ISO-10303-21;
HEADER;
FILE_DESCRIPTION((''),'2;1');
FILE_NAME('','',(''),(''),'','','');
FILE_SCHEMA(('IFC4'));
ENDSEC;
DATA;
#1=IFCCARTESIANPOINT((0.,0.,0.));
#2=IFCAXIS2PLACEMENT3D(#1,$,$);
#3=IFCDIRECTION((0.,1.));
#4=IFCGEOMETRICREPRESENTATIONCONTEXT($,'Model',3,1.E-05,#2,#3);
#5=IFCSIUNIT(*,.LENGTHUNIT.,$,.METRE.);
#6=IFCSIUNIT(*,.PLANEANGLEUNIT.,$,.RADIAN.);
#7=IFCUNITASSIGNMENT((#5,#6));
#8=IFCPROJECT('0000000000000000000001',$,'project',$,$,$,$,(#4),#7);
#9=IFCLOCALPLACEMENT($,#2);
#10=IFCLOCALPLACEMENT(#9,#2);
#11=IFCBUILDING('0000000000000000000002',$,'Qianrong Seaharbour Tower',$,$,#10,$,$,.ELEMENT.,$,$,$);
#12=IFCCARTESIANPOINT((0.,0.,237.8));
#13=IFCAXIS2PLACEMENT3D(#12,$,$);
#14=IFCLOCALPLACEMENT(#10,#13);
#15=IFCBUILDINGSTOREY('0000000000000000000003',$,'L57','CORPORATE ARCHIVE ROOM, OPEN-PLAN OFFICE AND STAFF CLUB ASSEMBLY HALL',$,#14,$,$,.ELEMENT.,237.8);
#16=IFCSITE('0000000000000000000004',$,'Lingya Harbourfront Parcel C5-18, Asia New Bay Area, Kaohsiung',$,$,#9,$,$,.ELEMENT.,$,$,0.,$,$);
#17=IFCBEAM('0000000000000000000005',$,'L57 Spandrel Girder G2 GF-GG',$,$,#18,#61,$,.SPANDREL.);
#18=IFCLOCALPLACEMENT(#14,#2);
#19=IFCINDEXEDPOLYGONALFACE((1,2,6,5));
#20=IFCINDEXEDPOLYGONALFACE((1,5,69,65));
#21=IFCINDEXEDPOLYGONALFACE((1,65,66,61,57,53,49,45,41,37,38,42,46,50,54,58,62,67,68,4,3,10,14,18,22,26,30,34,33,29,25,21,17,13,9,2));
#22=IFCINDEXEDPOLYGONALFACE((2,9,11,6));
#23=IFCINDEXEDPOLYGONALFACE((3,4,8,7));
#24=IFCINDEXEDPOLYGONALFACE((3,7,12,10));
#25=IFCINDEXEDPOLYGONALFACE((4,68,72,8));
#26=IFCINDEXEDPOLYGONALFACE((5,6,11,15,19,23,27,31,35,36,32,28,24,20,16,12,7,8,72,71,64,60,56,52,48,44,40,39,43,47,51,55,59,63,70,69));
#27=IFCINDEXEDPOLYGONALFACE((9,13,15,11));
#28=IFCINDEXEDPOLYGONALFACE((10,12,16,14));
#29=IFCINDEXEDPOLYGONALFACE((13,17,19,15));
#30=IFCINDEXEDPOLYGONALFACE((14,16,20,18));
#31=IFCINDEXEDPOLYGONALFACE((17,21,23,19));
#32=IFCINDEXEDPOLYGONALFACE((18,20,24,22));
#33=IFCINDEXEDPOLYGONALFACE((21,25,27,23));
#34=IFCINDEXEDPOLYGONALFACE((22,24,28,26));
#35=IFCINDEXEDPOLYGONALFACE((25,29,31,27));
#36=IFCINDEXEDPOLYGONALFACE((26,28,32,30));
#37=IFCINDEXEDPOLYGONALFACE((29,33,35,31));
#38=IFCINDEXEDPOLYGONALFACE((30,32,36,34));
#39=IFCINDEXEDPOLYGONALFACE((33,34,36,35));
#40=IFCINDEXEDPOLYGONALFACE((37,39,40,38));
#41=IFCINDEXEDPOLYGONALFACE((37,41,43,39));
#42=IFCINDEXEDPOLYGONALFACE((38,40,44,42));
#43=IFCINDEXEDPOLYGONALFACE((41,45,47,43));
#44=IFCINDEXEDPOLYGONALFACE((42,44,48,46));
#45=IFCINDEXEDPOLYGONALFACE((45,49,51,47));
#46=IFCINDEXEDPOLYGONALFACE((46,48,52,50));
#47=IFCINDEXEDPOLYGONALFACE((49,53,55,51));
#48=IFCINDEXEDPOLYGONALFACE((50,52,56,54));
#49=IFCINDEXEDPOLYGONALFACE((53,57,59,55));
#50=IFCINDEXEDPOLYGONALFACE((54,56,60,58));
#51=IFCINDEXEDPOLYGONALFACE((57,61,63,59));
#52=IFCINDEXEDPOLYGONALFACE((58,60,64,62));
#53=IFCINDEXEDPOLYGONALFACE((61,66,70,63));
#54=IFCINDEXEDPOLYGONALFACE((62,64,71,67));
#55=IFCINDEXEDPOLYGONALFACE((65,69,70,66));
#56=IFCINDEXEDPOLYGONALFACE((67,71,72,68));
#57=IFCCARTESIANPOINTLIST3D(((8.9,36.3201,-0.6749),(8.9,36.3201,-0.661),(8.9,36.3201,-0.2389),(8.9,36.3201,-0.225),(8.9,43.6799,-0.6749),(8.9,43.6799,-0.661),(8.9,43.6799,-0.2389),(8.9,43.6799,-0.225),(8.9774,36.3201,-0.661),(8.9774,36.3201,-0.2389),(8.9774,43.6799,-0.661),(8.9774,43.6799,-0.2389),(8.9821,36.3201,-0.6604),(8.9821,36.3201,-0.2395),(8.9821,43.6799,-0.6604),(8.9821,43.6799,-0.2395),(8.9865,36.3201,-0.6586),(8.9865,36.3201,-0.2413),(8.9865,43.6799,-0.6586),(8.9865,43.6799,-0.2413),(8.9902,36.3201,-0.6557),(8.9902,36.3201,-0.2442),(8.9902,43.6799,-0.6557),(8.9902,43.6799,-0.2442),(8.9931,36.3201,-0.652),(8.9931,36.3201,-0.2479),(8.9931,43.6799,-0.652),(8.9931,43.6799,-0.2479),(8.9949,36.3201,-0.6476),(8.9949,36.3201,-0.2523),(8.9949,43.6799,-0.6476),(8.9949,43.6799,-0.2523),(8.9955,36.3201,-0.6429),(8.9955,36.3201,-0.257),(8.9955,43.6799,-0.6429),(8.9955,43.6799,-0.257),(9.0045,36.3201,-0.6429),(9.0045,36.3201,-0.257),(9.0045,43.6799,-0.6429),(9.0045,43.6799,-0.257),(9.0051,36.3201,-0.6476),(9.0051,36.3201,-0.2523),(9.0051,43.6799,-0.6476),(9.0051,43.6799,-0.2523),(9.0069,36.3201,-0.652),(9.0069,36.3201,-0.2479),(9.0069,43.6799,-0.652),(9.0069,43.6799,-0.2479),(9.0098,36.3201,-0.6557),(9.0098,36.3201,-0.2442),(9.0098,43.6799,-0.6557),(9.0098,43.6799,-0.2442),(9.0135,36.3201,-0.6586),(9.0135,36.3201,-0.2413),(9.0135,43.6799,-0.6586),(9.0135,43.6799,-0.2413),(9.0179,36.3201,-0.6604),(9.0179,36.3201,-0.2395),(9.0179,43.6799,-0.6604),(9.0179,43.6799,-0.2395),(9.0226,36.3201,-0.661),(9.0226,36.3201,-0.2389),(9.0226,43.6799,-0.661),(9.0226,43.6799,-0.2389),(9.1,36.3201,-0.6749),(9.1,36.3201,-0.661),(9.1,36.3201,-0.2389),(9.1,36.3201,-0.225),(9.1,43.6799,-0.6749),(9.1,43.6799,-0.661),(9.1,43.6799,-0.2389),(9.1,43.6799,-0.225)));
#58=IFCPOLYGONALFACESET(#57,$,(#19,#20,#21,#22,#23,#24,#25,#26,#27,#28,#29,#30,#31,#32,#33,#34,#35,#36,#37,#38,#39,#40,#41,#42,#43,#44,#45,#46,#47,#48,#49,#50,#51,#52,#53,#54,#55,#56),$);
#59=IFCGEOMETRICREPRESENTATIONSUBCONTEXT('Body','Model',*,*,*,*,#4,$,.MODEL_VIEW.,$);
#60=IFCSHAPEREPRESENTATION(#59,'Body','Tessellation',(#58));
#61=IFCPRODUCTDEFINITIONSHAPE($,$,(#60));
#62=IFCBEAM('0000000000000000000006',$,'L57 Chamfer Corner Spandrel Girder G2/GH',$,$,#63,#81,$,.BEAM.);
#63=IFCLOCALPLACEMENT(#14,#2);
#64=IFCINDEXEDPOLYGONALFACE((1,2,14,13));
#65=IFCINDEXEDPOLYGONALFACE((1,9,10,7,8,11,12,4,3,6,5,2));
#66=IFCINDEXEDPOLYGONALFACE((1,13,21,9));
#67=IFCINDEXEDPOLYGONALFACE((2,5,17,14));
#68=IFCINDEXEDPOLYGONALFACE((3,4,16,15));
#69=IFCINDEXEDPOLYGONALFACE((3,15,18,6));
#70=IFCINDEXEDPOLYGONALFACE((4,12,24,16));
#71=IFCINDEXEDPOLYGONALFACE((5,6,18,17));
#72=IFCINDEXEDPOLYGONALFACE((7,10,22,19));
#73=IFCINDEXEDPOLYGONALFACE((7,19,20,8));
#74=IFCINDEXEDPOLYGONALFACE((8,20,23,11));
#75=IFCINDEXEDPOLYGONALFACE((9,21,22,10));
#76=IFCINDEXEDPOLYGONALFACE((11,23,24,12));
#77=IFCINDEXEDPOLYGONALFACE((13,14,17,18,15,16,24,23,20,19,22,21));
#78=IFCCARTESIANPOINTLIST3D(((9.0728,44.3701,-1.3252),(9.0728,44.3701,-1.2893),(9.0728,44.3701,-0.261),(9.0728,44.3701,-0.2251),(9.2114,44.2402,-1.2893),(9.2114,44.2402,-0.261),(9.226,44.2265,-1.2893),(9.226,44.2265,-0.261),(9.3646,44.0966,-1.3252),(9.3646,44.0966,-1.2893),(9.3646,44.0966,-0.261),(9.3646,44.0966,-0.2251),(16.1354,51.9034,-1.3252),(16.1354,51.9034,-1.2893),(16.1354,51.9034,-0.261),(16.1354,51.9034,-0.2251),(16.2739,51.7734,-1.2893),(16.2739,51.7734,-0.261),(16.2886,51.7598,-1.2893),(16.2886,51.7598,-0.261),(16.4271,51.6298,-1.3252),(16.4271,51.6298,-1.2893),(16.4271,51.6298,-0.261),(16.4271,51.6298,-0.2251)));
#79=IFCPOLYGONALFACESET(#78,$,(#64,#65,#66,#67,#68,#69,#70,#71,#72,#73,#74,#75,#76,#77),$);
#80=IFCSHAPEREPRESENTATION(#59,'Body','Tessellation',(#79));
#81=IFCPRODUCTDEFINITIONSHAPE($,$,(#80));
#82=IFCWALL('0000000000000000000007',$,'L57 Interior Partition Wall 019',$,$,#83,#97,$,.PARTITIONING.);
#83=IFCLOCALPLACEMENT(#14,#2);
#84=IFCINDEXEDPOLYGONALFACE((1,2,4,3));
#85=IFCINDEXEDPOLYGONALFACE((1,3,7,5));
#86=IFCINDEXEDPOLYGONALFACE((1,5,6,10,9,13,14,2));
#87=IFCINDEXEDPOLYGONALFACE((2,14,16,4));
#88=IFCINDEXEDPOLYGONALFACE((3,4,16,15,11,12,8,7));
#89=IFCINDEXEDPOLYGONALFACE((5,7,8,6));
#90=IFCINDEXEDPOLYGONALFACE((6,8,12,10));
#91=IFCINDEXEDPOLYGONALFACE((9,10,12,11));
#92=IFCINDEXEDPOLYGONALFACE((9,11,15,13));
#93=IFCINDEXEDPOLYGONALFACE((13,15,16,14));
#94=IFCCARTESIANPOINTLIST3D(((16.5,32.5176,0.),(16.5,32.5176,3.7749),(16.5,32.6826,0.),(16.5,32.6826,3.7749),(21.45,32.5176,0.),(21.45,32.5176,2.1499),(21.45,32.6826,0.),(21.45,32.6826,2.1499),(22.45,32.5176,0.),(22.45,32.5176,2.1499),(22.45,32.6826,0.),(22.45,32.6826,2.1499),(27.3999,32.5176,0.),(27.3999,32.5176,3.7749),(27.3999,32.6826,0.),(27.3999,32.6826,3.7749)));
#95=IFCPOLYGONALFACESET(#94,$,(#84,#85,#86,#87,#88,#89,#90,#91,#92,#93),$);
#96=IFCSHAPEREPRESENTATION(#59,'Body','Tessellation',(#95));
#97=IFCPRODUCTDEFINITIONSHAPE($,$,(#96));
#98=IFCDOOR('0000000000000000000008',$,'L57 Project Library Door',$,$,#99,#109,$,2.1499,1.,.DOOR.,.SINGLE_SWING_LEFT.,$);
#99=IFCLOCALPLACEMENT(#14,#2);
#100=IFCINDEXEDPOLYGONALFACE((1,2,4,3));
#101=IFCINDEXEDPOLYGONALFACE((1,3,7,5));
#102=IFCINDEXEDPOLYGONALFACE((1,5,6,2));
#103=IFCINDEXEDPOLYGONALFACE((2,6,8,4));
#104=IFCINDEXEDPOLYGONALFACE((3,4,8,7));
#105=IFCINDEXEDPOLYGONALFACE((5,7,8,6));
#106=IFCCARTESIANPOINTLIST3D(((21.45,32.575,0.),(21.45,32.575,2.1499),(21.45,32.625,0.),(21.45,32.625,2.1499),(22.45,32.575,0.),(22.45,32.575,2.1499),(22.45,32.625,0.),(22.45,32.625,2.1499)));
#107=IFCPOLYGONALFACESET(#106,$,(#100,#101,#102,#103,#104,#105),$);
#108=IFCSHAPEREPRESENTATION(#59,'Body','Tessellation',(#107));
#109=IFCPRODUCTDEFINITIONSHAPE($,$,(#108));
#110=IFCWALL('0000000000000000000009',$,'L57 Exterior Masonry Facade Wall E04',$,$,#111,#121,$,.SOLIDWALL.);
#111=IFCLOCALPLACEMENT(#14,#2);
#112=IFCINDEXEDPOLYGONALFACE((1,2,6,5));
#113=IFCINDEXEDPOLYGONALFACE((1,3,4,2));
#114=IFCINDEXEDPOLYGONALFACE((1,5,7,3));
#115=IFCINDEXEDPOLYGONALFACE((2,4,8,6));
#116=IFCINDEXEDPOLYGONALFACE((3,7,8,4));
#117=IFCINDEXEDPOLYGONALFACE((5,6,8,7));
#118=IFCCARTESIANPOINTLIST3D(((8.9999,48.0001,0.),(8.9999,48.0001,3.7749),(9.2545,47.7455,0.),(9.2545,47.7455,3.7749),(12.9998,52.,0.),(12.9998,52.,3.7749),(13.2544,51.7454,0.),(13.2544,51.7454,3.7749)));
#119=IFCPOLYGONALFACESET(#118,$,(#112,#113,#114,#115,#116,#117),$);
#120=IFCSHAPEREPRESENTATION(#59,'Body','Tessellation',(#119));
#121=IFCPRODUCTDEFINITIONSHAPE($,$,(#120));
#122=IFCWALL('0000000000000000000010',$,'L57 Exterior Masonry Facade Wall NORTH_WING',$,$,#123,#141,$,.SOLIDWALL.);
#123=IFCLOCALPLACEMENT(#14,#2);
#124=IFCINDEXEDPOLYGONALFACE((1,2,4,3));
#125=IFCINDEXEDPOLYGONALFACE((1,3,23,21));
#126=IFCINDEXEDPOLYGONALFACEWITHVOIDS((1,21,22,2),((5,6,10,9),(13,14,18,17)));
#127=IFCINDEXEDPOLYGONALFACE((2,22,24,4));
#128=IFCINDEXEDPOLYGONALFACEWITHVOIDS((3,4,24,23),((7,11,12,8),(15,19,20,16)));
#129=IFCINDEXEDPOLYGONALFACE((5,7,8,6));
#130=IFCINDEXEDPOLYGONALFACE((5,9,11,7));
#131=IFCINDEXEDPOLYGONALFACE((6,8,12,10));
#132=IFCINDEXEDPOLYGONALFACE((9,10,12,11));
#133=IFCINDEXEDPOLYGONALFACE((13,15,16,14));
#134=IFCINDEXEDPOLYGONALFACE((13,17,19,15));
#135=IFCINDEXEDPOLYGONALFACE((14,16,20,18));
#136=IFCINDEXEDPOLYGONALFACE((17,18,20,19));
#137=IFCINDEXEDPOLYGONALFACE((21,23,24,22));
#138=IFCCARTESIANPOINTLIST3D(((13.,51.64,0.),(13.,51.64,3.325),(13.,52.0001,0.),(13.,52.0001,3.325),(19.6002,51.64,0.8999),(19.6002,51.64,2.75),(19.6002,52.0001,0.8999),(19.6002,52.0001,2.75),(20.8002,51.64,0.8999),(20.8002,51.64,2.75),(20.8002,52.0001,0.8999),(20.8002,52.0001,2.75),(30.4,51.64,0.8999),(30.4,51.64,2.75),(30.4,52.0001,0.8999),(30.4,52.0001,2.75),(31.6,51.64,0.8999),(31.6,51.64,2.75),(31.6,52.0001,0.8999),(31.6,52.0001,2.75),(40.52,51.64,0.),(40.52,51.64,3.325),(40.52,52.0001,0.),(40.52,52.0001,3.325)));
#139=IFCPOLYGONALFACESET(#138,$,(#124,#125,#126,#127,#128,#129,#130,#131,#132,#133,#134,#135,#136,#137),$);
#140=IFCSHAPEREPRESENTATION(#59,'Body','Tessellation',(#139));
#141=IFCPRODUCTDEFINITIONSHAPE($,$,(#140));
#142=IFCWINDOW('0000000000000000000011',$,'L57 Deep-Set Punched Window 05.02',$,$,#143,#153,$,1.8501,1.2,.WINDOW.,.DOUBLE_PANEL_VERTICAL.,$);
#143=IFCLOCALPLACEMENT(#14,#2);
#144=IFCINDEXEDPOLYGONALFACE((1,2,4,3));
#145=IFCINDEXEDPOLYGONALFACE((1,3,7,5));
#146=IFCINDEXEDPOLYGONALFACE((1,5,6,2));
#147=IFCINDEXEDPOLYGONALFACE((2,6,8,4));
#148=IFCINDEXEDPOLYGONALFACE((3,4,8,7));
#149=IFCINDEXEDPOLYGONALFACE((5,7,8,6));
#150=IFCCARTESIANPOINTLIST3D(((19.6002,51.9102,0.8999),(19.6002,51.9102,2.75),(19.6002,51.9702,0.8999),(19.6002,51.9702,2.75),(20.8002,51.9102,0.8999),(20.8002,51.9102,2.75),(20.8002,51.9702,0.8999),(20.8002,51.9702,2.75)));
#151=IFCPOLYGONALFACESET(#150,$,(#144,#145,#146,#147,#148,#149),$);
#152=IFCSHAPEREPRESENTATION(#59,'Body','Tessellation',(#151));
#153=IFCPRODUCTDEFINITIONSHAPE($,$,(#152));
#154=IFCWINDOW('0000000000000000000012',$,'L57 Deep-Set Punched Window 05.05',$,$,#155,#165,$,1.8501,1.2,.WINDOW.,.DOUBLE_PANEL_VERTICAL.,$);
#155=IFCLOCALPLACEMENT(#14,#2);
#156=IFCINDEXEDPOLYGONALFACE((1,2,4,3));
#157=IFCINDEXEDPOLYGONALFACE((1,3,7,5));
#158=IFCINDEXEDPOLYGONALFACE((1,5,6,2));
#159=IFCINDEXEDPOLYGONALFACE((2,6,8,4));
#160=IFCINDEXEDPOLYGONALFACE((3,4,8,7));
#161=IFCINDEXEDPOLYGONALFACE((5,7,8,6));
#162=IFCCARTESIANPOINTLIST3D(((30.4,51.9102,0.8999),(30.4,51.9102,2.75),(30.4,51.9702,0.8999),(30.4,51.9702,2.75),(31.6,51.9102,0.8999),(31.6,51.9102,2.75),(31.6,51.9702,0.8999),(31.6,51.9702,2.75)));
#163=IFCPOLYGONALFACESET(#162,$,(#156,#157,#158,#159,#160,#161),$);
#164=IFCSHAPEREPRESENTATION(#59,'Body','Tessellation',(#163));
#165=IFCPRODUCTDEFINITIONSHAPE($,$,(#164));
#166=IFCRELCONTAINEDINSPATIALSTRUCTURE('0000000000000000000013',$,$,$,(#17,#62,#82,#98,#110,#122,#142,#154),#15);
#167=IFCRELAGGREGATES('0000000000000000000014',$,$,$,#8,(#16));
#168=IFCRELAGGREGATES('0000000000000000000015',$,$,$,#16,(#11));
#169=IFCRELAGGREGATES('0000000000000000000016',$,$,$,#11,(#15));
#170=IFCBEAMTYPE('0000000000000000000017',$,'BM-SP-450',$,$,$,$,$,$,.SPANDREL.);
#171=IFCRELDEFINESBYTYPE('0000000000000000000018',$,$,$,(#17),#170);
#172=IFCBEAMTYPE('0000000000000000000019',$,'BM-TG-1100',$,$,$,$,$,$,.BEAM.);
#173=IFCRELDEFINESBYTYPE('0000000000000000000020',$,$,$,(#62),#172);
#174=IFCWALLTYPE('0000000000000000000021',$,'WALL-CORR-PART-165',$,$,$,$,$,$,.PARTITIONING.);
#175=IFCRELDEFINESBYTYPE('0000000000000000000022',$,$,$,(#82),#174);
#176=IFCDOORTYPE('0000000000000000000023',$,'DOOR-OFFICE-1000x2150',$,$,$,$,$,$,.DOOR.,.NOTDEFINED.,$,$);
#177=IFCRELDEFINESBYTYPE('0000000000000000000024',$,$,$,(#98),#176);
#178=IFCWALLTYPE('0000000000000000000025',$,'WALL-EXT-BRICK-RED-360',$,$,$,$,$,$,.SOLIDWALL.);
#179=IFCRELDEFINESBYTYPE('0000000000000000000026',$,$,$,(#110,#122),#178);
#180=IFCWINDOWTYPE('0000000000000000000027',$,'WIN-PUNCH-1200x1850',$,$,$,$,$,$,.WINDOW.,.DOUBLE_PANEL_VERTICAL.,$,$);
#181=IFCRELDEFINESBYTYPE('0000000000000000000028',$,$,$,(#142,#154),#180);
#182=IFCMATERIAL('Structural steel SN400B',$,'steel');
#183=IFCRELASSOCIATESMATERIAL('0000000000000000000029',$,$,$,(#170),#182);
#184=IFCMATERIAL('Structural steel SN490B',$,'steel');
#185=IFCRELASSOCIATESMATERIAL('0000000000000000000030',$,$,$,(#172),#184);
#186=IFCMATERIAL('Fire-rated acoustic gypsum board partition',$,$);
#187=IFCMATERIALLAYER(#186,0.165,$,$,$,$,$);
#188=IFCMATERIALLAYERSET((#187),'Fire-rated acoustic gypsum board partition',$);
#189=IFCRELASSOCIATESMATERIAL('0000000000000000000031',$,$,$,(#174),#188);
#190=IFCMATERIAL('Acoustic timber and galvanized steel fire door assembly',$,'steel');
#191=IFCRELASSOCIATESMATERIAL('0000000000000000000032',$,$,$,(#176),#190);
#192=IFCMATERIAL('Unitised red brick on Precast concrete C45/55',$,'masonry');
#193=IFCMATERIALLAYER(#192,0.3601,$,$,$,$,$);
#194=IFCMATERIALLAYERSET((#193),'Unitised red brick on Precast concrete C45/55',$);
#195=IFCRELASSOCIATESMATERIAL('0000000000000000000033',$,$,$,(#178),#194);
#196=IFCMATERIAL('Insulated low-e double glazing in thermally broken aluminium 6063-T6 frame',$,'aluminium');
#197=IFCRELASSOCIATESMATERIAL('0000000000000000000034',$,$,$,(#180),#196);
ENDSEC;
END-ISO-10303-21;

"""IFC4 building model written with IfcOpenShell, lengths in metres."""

from ifc_helpers import new_model, si_unit, direction, frame, frame_2d, origin, origin_2d, place, context, subcontext, project, spatial, rectangle, i_section, extrude, material, layer, layer_set, material_profile, profile_set, type_object, element, fill, save


model = new_model("IFC4")

# Units and contexts
model_context = context("Model", 3, precision=1e-05, world=origin(), true_north=direction((0.0, 1.0)))
body_context = subcontext(model_context, "Body", "Model", "MODEL_VIEW")
ifc_project = project(units=[si_unit("LENGTHUNIT", "METRE"), si_unit("PLANEANGLEUNIT", "RADIAN")], contexts=[model_context])

# Site, building, storey
site_placement = place(None, origin())
site = spatial("IfcSite", under=ifc_project, at=site_placement, Name="Lingya Harbourfront Parcel C5-18, Asia New Bay Area, Kaohsiung", CompositionType="ELEMENT", RefElevation=0.0)
building_placement = place(site_placement, origin())
building = spatial("IfcBuilding", under=site, at=building_placement, Name="Qianrong Seaharbour Tower", CompositionType="ELEMENT")
storey_placement = place(building_placement, frame((0.0, 0.0, 237.8)))
storey = spatial("IfcBuildingStorey", under=building, at=storey_placement, Name="L57", Description="CORPORATE ARCHIVE ROOM, OPEN-PLAN OFFICE AND STAFF CLUB ASSEMBLY HALL", CompositionType="ELEMENT", Elevation=237.8)

# Shared definitions
ifc_material_1 = material(Name="Structural steel SN490B", Category="steel")

# Beams
ifc_material_2 = material(Name="Structural steel SN400B", Category="steel")
ifc_material_profile_1 = material_profile(ifc_material_2, i_section(OverallWidth=0.2, OverallDepth=0.45, WebThickness=0.009, FlangeThickness=0.0139, FilletRadius=0.0181, at=origin_2d()), Name="H450x200x9x14")
ifc_profile_set_1 = profile_set([ifc_material_profile_1], Name="Structural steel SN400B")
beam_type_1 = type_object("IfcBeamType", Name="BM-SP-450", PredefinedType="SPANDREL", material=ifc_profile_set_1)
for number, where, z_axis, x_axis, name in (
    (1, (9.0, 36.3201, -0.45), (0.0, 1.0, 0.0), (-1.0, 0.0, 0.0), "L57 Spandrel Girder G2 GF-GG"),
):
    element("IfcBeam", number, at=place(storey_placement, frame(where, z_axis=z_axis, x_axis=x_axis)), inside=storey, type_object=beam_type_1, Name=name, PredefinedType="SPANDREL", context=body_context, shape_type="SweptSolid", body=[
        extrude(i_section(OverallWidth=0.2, OverallDepth=0.45, WebThickness=0.009, FlangeThickness=0.0139, FilletRadius=0.0181, at=origin_2d()), origin(), (0.0, 0.0, 1.0), 7.3599),
    ])
ifc_material_profile_2 = material_profile(ifc_material_1, i_section(OverallWidth=0.3999, OverallDepth=1.1001, WebThickness=0.02, FlangeThickness=0.0359, at=origin_2d()), Name="BH1100x400x20x36")
ifc_profile_set_2 = profile_set([ifc_material_profile_2], Name="Structural steel SN490B")
beam_type_2 = type_object("IfcBeamType", Name="BM-TG-1100", PredefinedType="BEAM", material=ifc_profile_set_2)
beam_1_placement = place(storey_placement, frame((16.2812, 51.7666, -0.7751), z_axis=(-0.683947, -0.729531, 0.0), x_axis=(0.729531, -0.683947, 0.0)))
element("IfcBeam", 2, at=beam_1_placement, inside=storey, type_object=beam_type_2, Name="L57 Chamfer Corner Spandrel Girder G2/GH", PredefinedType="BEAM", context=body_context, shape_type="SweptSolid", body=[
    extrude(i_section(OverallWidth=0.3999, OverallDepth=1.1001, WebThickness=0.02, FlangeThickness=0.0359, at=origin_2d()), origin(), (0.0, 0.0, 1.0), 10.3262),
])

# Wall, opening, door
ifc_material_3 = material(Name="Fire-rated acoustic gypsum board partition")
ifc_layer_1 = layer(ifc_material_3, 0.165)
ifc_layer_set_1 = layer_set([ifc_layer_1], Name="Fire-rated acoustic gypsum board partition")
wall_type_1 = type_object("IfcWallType", Name="WALL-CORR-PART-165", PredefinedType="PARTITIONING", material=ifc_layer_set_1)
wall_1_placement = place(storey_placement, frame((16.5, 32.6001, 0.0), z_axis=(0.0, 0.0, 1.0), x_axis=(1.0, 0.0, 0.0)))
wall_1 = element("IfcWall", 3, at=wall_1_placement, inside=storey, type_object=wall_type_1, Name="L57 Interior Partition Wall 019", PredefinedType="PARTITIONING", context=body_context, shape_type="SweptSolid", body=[
    extrude(rectangle(XDim=10.8999, YDim=0.165, at=frame_2d((5.45, 0.0))), origin(), (0.0, 0.0, 1.0), 3.7749),
])
opening_1_placement = place(wall_1_placement, frame((4.95, 0.0, 0.0)))
opening_1 = element("IfcOpeningElement", 4, at=opening_1_placement, cuts=wall_1, PredefinedType="OPENING", context=body_context, shape_type="SweptSolid", body=[
    extrude(rectangle(XDim=1.0, YDim=2.1499, at=frame_2d((0.5, 1.075))), frame((0.0, 0.0925, 0.0), z_axis=(0.0, -1.0, 0.0), x_axis=(1.0, 0.0, 0.0)), (0.0, 0.0, 1.0), 0.1851),
])
ifc_material_4 = material(Name="Acoustic timber and galvanized steel fire door assembly", Category="steel")
door_type = type_object("IfcDoorType", Name="DOOR-OFFICE-1000x2150", OperationType="NOTDEFINED", PredefinedType="DOOR", material=ifc_material_4)
door_placement = place(opening_1_placement, origin())
door = element("IfcDoor", 5, at=door_placement, inside=storey, type_object=door_type, Name="L57 Project Library Door", OperationType="SINGLE_SWING_LEFT", OverallHeight=2.1499, OverallWidth=1.0, PredefinedType="DOOR", context=body_context, shape_type="SweptSolid", body=[
    extrude(rectangle(XDim=1.0, YDim=2.1499, at=frame_2d((0.5, 1.075))), frame((0.0, 0.0249, 0.0), z_axis=(0.0, -1.0, 0.0), x_axis=(1.0, 0.0, 0.0)), (0.0, 0.0, 1.0), 0.05),
])
fill(opening_1, door)

# Wall
ifc_material_5 = material(Name="Unitised red brick on Precast concrete C45/55", Category="masonry")
ifc_layer_2 = layer(ifc_material_5, 0.3601)
ifc_layer_set_2 = layer_set([ifc_layer_2], Name="Unitised red brick on Precast concrete C45/55")
wall_type_2 = type_object("IfcWallType", Name="WALL-EXT-BRICK-RED-360", PredefinedType="SOLIDWALL", material=ifc_layer_set_2)
wall_2_placement = place(storey_placement, frame((9.1272, 47.8728, 0.0), z_axis=(0.0, 0.0, 1.0), x_axis=(0.707107, 0.707107, 0.0)))
element("IfcWall", 6, at=wall_2_placement, inside=storey, type_object=wall_type_2, Name="L57 Exterior Masonry Facade Wall E04", PredefinedType="SOLIDWALL", context=body_context, shape_type="SweptSolid", body=[
    extrude(rectangle(XDim=5.6567, YDim=0.3601, at=frame_2d((2.8284, 0.0))), origin(), (0.0, 0.0, 1.0), 3.7749),
])

# Wall, openings, windows
wall_3_placement = place(storey_placement, frame((13.0, 51.8201, 0.0), z_axis=(0.0, 0.0, 1.0), x_axis=(1.0, 0.0, 0.0)))
wall_3 = element("IfcWall", 7, at=wall_3_placement, inside=storey, type_object=wall_type_2, Name="L57 Exterior Masonry Facade Wall NORTH_WING", PredefinedType="SOLIDWALL", context=body_context, shape_type="SweptSolid", body=[
    extrude(rectangle(XDim=27.52, YDim=0.3601, at=frame_2d((13.76, 0.0))), origin(), (0.0, 0.0, 1.0), 3.325),
])
opening_2_placement = place(wall_3_placement, frame((6.6001, 0.0, 0.8999)))
opening_2 = element("IfcOpeningElement", 8, at=opening_2_placement, cuts=wall_3, PredefinedType="OPENING", context=body_context, shape_type="SweptSolid", body=[
    extrude(rectangle(XDim=1.2, YDim=1.8501, at=frame_2d((0.6001, 0.925))), frame((0.0, 0.1899, 0.0), z_axis=(0.0, -1.0, 0.0), x_axis=(1.0, 0.0, 0.0)), (0.0, 0.0, 1.0), 0.3801),
])
opening_3_placement = place(wall_3_placement, frame((17.3999, 0.0, 0.8999)))
opening_3 = element("IfcOpeningElement", 9, at=opening_3_placement, cuts=wall_3, PredefinedType="OPENING", context=body_context, shape_type="SweptSolid", body=[
    extrude(rectangle(XDim=1.2, YDim=1.8501, at=frame_2d((0.6001, 0.925))), frame((0.0, 0.1899, 0.0), z_axis=(0.0, -1.0, 0.0), x_axis=(1.0, 0.0, 0.0)), (0.0, 0.0, 1.0), 0.3801),
])
ifc_material_6 = material(Name="Insulated low-e double glazing in thermally broken aluminium 6063-T6 frame", Category="aluminium")
window_type = type_object("IfcWindowType", Name="WIN-PUNCH-1200x1850", PartitioningType="DOUBLE_PANEL_VERTICAL", PredefinedType="WINDOW", material=ifc_material_6)
window_1_placement = place(opening_2_placement, origin())
window_1 = element("IfcWindow", 10, at=window_1_placement, inside=storey, type_object=window_type, Name="L57 Deep-Set Punched Window 05.02", OverallHeight=1.8501, OverallWidth=1.2, PartitioningType="DOUBLE_PANEL_VERTICAL", PredefinedType="WINDOW", context=body_context, shape_type="SweptSolid", body=[
    extrude(rectangle(XDim=1.2, YDim=1.8501, at=frame_2d((0.6001, 0.925))), frame((0.0, 0.1501, 0.0), z_axis=(0.0, -1.0, 0.0), x_axis=(1.0, 0.0, 0.0)), (0.0, 0.0, 1.0), 0.0601),
])
fill(opening_2, window_1)
window_2_placement = place(opening_3_placement, origin())
window_2 = element("IfcWindow", 11, at=window_2_placement, inside=storey, type_object=window_type, Name="L57 Deep-Set Punched Window 05.05", OverallHeight=1.8501, OverallWidth=1.2, PartitioningType="DOUBLE_PANEL_VERTICAL", PredefinedType="WINDOW", context=body_context, shape_type="SweptSolid", body=[
    extrude(rectangle(XDim=1.2, YDim=1.8501, at=frame_2d((0.6001, 0.925))), frame((0.0, 0.1501, 0.0), z_axis=(0.0, -1.0, 0.0), x_axis=(1.0, 0.0, 0.0)), (0.0, 0.0, 1.0), 0.0601),
])
fill(opening_3, window_2)

save(model, "model.ifc")
